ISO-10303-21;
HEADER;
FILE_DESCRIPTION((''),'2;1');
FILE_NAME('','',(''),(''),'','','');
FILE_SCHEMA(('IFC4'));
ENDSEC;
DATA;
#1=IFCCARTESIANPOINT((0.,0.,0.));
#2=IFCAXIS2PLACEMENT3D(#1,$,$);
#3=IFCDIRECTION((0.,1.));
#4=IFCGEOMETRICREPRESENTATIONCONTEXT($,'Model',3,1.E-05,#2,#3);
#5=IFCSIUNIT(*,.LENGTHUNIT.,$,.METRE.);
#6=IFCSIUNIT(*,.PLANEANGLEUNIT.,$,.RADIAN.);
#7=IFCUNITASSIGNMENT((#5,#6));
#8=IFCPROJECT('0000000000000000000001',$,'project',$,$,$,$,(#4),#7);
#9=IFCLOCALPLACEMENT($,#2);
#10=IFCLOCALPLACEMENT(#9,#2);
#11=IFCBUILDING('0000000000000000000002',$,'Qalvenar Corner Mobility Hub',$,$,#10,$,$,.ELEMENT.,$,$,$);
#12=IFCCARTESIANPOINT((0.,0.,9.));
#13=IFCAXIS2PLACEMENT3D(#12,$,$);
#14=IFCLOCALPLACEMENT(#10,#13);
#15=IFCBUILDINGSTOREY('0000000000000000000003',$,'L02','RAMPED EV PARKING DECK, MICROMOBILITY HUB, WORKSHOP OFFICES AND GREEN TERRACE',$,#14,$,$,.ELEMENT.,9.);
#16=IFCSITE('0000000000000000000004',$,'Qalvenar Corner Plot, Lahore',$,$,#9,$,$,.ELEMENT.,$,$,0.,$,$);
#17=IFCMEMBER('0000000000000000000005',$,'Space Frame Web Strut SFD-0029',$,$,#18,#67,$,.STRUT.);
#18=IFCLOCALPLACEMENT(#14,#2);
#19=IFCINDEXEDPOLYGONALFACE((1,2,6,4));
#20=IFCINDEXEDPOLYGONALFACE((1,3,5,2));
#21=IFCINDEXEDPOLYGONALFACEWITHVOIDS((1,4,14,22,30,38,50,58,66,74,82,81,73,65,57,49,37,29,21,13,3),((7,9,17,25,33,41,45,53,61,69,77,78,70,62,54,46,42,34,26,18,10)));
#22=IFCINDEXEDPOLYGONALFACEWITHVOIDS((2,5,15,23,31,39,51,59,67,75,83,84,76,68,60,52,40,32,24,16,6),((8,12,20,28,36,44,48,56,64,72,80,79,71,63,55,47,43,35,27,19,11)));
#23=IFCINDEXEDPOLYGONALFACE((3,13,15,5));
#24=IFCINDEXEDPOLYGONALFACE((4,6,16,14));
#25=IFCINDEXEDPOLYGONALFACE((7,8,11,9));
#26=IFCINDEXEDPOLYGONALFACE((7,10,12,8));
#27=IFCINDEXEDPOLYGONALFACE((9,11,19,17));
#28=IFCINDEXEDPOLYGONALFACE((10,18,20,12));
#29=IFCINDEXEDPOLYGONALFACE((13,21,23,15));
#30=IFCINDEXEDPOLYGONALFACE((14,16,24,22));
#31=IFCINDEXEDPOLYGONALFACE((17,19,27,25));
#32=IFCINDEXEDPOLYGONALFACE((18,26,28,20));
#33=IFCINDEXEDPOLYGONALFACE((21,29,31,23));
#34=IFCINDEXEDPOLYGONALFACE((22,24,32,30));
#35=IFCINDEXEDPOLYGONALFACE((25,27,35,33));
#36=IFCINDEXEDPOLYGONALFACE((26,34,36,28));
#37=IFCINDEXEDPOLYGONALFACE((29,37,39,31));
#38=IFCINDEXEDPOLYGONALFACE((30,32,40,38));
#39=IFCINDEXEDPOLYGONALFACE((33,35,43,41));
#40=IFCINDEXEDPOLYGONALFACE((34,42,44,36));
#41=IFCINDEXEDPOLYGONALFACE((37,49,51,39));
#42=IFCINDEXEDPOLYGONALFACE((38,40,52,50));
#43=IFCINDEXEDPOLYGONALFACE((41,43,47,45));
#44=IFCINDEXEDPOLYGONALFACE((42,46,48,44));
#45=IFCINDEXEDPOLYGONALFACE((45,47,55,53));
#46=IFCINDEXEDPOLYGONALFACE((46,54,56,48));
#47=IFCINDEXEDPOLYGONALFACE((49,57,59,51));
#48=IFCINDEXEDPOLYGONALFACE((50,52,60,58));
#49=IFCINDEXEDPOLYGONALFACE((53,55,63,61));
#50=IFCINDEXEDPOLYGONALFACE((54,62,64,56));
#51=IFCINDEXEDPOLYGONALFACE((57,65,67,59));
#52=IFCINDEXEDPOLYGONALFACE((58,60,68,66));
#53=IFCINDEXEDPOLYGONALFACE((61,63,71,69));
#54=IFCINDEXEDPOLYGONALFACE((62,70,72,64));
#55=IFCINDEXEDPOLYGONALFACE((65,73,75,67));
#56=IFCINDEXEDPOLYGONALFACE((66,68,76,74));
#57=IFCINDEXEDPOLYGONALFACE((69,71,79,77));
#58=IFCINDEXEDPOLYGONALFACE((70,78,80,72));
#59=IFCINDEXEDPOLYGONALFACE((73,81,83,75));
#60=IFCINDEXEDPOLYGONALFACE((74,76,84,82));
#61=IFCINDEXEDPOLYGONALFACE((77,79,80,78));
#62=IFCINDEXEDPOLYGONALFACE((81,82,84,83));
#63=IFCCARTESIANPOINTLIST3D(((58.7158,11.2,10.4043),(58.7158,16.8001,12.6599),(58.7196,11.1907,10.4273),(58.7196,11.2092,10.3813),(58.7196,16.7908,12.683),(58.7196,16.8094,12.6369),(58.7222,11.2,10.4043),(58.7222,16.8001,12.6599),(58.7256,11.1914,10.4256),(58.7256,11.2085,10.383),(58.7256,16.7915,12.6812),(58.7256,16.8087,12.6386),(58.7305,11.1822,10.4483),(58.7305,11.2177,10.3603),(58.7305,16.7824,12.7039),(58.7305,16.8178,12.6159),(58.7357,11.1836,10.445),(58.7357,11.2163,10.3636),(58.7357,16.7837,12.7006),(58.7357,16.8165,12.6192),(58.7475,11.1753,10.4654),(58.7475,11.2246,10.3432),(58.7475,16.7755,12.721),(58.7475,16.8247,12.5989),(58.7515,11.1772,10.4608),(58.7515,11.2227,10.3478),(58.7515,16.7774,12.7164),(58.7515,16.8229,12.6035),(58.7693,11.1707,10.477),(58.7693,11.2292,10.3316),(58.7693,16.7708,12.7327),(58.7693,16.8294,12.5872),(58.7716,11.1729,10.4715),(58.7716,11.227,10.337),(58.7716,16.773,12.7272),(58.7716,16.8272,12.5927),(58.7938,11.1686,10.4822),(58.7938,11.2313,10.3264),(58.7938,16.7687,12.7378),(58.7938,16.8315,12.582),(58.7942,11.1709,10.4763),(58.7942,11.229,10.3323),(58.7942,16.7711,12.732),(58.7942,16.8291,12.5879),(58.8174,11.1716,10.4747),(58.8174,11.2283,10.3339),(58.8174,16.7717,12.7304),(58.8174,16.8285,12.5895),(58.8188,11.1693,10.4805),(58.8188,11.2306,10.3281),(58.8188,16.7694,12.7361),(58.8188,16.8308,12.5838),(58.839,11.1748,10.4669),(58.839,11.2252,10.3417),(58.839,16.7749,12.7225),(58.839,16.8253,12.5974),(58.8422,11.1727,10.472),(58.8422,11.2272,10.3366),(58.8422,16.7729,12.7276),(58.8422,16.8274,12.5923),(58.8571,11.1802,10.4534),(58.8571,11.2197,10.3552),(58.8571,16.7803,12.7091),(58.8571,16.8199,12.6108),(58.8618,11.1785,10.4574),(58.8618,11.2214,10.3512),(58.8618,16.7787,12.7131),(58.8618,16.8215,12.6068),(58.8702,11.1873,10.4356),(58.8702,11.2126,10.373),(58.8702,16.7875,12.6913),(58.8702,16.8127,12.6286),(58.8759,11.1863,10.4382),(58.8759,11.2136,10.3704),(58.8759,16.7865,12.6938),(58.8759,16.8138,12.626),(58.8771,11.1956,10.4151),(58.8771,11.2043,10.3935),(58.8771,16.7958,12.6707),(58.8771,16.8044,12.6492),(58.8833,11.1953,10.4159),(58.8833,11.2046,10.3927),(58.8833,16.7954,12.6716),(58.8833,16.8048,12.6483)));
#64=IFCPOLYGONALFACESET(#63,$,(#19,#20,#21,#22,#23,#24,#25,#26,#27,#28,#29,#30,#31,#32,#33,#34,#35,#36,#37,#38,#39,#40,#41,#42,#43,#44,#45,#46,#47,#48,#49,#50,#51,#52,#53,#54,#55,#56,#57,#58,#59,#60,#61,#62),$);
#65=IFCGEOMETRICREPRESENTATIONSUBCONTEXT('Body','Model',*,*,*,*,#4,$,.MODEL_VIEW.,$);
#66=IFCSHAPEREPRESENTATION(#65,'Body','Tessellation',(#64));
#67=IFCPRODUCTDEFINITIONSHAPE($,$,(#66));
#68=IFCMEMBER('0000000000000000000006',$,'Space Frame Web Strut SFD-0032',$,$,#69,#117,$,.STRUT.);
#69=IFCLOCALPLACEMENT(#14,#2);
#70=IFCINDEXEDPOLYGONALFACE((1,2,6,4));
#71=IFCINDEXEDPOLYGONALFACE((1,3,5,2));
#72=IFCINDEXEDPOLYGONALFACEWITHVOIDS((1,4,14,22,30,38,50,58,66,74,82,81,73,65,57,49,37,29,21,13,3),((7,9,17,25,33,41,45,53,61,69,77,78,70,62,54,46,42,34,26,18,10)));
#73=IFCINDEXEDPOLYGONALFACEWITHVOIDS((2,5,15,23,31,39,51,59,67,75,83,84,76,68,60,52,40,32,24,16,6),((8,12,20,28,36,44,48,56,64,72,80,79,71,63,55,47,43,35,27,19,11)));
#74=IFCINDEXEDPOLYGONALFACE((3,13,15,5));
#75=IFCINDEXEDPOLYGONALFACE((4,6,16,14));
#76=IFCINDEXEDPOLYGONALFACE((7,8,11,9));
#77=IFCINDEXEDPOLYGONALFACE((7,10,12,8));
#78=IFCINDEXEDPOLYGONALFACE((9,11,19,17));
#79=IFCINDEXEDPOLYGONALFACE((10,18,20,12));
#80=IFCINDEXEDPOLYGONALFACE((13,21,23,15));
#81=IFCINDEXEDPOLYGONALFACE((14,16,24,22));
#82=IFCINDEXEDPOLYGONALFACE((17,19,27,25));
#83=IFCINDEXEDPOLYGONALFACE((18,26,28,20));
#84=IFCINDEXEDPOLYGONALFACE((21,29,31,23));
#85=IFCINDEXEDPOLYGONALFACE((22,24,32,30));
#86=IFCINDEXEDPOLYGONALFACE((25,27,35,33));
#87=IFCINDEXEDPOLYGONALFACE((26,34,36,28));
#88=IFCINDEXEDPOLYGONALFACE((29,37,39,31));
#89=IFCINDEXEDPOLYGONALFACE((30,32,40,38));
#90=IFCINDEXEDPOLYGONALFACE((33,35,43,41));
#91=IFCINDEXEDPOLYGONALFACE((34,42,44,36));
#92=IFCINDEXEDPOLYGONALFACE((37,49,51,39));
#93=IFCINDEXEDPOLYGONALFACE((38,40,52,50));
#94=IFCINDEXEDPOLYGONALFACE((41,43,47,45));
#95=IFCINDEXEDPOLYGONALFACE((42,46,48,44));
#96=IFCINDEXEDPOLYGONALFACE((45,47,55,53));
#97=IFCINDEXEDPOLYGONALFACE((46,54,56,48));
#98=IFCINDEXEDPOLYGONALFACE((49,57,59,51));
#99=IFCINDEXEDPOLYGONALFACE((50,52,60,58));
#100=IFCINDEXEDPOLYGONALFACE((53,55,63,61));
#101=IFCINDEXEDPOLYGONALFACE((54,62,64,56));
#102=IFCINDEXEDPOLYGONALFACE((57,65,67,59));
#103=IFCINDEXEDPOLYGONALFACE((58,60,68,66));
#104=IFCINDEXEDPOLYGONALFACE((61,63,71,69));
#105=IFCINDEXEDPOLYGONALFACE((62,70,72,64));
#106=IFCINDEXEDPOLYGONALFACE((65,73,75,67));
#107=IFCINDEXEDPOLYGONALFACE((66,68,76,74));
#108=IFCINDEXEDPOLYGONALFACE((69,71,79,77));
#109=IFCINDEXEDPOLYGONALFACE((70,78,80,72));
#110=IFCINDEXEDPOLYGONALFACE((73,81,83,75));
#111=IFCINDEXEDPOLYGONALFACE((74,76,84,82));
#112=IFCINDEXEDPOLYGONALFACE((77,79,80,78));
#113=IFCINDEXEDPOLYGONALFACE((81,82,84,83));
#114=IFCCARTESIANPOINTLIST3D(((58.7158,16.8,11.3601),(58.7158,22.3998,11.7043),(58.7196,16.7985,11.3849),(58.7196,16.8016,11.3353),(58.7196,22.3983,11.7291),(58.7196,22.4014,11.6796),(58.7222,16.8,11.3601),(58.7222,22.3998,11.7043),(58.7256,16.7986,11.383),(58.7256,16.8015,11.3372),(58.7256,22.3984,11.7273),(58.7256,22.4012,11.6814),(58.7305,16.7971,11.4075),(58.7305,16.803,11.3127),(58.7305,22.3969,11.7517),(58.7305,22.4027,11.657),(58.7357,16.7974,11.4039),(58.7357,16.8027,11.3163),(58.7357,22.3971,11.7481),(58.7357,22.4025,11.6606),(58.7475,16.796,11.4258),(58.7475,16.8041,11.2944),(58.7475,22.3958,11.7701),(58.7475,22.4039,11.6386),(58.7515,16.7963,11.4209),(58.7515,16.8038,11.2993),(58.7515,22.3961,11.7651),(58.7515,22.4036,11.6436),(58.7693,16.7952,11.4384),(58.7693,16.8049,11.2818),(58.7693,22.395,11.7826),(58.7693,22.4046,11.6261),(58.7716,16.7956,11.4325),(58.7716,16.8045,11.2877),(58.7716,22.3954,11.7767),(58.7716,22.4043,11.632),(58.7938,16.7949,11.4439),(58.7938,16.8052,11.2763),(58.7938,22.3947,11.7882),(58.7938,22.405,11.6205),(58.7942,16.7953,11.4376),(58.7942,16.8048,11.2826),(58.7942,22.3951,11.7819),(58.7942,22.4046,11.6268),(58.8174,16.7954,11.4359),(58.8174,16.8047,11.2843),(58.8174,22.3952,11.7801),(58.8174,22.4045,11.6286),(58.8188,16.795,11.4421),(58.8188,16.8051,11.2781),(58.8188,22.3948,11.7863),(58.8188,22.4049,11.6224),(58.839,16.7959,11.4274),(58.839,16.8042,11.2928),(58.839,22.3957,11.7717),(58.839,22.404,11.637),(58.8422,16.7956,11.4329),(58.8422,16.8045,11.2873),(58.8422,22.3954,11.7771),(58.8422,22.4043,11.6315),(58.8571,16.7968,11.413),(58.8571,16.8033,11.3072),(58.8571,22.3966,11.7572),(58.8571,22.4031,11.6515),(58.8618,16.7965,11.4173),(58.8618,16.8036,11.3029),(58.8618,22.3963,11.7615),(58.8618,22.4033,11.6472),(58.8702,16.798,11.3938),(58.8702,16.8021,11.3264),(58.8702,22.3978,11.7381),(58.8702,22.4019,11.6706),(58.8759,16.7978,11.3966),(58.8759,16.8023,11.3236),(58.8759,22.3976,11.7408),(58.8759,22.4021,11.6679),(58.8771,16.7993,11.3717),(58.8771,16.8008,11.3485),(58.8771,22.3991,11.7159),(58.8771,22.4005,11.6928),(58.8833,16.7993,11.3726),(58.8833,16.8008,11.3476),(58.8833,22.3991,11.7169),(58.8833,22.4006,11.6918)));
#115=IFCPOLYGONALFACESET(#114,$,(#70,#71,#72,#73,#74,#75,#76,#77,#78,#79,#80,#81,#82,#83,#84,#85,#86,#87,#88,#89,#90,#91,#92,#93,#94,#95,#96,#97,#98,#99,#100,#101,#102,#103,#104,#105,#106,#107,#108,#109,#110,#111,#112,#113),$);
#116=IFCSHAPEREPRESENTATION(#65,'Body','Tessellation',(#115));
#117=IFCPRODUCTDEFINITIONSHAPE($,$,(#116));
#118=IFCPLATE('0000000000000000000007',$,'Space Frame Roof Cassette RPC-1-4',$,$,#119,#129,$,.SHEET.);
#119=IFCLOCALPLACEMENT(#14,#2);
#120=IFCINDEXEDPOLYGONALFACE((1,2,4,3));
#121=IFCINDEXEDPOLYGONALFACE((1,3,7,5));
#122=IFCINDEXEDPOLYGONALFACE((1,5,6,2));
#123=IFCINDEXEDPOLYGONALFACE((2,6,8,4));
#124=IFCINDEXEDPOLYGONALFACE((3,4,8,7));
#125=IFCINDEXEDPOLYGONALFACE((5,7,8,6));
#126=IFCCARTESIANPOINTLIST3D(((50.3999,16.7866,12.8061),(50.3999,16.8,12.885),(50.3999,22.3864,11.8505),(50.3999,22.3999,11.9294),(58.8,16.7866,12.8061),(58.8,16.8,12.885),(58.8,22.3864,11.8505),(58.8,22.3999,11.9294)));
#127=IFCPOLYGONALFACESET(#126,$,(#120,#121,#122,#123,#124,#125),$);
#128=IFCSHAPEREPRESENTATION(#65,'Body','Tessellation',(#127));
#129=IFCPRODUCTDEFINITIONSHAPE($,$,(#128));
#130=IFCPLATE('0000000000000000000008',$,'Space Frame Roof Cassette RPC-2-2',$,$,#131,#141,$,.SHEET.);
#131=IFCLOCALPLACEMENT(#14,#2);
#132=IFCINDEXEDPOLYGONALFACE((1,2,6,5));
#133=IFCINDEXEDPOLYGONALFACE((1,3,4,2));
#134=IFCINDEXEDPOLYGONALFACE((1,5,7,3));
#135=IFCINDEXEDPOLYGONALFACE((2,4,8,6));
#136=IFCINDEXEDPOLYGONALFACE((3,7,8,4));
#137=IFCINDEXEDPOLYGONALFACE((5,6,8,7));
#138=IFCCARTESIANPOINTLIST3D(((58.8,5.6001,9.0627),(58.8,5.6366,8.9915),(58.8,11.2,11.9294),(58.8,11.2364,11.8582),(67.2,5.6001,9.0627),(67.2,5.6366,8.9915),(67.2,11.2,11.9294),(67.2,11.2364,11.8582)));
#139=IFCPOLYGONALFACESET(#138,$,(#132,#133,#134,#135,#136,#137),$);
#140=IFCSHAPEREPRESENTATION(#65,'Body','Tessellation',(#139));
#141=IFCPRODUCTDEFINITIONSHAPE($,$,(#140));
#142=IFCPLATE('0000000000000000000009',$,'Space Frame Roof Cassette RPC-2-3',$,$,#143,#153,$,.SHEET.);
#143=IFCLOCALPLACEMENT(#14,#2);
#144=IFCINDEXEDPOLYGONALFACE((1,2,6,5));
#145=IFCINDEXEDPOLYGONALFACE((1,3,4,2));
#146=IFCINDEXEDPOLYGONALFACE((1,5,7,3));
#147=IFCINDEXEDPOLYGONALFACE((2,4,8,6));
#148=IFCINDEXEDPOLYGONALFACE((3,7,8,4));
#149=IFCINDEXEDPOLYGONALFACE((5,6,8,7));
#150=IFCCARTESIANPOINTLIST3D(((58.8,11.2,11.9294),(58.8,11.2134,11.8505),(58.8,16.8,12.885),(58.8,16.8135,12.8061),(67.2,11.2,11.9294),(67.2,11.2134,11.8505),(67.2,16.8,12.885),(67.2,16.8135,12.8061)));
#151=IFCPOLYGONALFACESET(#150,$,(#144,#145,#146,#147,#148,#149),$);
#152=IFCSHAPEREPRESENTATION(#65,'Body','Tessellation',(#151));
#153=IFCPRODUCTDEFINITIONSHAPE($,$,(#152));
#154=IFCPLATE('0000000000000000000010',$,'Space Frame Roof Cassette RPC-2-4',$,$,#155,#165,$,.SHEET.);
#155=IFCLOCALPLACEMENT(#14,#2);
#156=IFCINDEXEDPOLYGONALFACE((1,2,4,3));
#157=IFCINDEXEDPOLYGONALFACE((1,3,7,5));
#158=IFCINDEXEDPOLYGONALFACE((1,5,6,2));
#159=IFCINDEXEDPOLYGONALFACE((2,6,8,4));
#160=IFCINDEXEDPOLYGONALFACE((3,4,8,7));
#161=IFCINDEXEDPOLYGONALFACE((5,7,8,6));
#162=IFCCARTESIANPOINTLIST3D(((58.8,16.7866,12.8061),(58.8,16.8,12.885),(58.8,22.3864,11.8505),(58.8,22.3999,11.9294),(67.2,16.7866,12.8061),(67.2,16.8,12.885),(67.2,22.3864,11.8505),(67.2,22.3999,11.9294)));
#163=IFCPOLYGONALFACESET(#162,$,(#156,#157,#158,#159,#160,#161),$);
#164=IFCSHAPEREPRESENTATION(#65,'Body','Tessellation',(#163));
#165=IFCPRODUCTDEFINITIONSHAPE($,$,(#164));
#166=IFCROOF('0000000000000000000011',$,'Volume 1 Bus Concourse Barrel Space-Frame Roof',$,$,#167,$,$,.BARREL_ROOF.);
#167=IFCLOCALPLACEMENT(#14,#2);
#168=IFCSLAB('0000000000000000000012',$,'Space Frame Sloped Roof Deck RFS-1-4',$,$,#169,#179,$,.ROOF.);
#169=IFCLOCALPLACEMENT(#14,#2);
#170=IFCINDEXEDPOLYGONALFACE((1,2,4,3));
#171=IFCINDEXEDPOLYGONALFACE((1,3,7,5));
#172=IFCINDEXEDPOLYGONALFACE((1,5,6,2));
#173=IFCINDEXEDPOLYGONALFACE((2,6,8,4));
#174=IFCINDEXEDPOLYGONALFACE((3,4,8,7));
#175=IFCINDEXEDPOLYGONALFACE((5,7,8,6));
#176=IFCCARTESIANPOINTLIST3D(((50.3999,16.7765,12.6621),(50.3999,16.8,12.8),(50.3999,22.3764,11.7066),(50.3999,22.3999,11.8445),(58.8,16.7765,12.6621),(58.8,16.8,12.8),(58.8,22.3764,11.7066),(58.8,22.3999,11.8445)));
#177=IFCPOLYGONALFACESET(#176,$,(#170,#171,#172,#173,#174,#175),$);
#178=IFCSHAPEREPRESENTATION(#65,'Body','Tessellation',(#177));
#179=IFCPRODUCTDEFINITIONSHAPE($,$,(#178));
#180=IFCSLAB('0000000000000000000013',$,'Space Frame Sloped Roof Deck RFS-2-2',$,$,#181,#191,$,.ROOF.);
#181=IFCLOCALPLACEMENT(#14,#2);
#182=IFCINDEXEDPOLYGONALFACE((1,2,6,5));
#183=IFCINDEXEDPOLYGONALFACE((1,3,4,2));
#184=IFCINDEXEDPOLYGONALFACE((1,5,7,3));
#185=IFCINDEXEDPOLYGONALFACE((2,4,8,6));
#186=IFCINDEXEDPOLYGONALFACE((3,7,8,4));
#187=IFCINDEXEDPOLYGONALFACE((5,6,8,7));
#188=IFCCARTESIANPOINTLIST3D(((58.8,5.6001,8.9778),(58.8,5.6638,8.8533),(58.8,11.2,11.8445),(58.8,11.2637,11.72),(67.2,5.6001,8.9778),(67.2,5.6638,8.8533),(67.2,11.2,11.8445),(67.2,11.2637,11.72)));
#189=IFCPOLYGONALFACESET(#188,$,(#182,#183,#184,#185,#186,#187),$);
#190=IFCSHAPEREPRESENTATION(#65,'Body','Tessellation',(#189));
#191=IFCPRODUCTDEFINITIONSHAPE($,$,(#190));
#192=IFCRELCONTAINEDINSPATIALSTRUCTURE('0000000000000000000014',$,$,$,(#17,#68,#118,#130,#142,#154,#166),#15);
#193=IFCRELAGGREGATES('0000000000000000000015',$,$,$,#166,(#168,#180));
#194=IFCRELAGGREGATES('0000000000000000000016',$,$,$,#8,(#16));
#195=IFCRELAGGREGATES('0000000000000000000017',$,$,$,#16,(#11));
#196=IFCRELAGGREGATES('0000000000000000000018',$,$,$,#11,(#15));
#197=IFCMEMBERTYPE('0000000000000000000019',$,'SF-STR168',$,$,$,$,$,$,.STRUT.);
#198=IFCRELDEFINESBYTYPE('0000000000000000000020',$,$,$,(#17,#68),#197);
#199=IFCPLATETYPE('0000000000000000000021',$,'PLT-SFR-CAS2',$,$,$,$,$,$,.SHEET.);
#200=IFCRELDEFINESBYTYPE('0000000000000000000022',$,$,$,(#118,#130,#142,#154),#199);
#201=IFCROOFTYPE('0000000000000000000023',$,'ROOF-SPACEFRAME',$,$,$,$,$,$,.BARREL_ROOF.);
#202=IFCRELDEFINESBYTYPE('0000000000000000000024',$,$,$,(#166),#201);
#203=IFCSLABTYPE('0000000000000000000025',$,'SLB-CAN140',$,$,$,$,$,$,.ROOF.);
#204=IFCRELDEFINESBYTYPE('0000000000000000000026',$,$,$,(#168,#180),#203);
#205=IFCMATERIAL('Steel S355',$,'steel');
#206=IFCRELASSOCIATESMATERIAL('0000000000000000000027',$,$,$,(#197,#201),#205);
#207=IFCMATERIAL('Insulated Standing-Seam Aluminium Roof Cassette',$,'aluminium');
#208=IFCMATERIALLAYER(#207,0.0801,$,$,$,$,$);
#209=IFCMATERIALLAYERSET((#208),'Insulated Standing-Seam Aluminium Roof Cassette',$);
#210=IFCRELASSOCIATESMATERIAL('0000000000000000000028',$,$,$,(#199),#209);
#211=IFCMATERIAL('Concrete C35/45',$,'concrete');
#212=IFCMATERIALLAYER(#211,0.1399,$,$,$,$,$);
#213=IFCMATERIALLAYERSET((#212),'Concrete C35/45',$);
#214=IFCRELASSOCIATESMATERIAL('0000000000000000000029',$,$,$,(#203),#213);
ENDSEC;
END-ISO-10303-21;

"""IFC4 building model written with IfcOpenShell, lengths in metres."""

from ifc_helpers import new_model, si_unit, direction, frame, origin, origin_2d, place, context, subcontext, project, spatial, polyline, hollow_circle, outline, extrude, material, layer, layer_set, material_profile, profile_set, type_object, element, aggregate, save


model = new_model("IFC4")

# Units and contexts
model_context = context("Model", 3, precision=1e-05, world=origin(), true_north=direction((0.0, 1.0)))
body_context = subcontext(model_context, "Body", "Model", "MODEL_VIEW")
ifc_project = project(units=[si_unit("LENGTHUNIT", "METRE"), si_unit("PLANEANGLEUNIT", "RADIAN")], contexts=[model_context])

# Site, building, storey
site_placement = place(None, origin())
site = spatial("IfcSite", under=ifc_project, at=site_placement, Name="Qalvenar Corner Plot, Lahore", CompositionType="ELEMENT", RefElevation=0.0)
building_placement = place(site_placement, origin())
building = spatial("IfcBuilding", under=site, at=building_placement, Name="Qalvenar Corner Mobility Hub", CompositionType="ELEMENT")
storey_placement = place(building_placement, frame((0.0, 0.0, 9.0)))
storey = spatial("IfcBuildingStorey", under=building, at=storey_placement, Name="L02", Description="RAMPED EV PARKING DECK, MICROMOBILITY HUB, WORKSHOP OFFICES AND GREEN TERRACE", CompositionType="ELEMENT", Elevation=9.0)

# Members
ifc_material_1 = material(Name="Steel S355", Category="steel")
ifc_material_profile_1 = material_profile(ifc_material_1, hollow_circle(Radius=0.0842, WallThickness=0.0063, at=origin_2d()), Name="CHS168.3x6.3")
ifc_profile_set_1 = profile_set([ifc_material_profile_1], Name="Steel S355")
member_type_1 = type_object("IfcMemberType", Name="SF-STR168", PredefinedType="STRUT", material=ifc_profile_set_1)
member_1_placement = place(storey_placement, frame((58.8, 11.2, 10.4043), z_axis=(0.0, 0.927584, 0.373614), x_axis=(-1.0, 0.0, 0.0)))
element("IfcMember", 1, at=member_1_placement, inside=storey, type_object=member_type_1, Name="Space Frame Web Strut SFD-0029", PredefinedType="STRUT", context=body_context, shape_type="SweptSolid", body=[
    extrude(hollow_circle(Radius=0.0842, WallThickness=0.0063, at=origin_2d()), origin(), (0.0, 0.0, 1.0), 6.0374),
])
member_2_placement = place(storey_placement, frame((58.8, 16.8, 11.3601), z_axis=(0.0, 0.998116, 0.061357), x_axis=(-1.0, 0.0, 0.0)))
element("IfcMember", 2, at=member_2_placement, inside=storey, type_object=member_type_1, Name="Space Frame Web Strut SFD-0032", PredefinedType="STRUT", context=body_context, shape_type="SweptSolid", body=[
    extrude(hollow_circle(Radius=0.0842, WallThickness=0.0063, at=origin_2d()), origin(), (0.0, 0.0, 1.0), 5.6104),
])

# Plates
ifc_material_2 = material(Name="Insulated Standing-Seam Aluminium Roof Cassette", Category="aluminium")
ifc_layer_1 = layer(ifc_material_2, 0.0801)
ifc_layer_set_1 = layer_set([ifc_layer_1], Name="Insulated Standing-Seam Aluminium Roof Cassette")
plate_type = type_object("IfcPlateType", Name="PLT-SFR-CAS2", PredefinedType="SHEET", material=ifc_layer_set_1)
plate_1_placement = place(storey_placement, frame((50.3999, 16.8, 12.885), z_axis=(0.0, 0.16821, 0.985751), x_axis=(1.0, 0.0, 0.0)))
element("IfcPlate", 3, at=plate_1_placement, inside=storey, type_object=plate_type, Name="Space Frame Roof Cassette RPC-1-4", PredefinedType="SHEET", context=body_context, shape_type="SweptSolid", body=[
    extrude(outline(polyline([(0.0, 0.0), (8.4001, 0.0), (8.4001, 5.6808), (0.0, 5.6808), (0.0, 0.0)])), origin(), (0.0, 0.0, -1.0), 0.0801),
])
plate_2_placement = place(storey_placement, frame((58.8, 5.6001, 9.0627), z_axis=(0.0, -0.455685, 0.890141), x_axis=(1.0, 0.0, 0.0)))
element("IfcPlate", 4, at=plate_2_placement, inside=storey, type_object=plate_type, Name="Space Frame Roof Cassette RPC-2-2", PredefinedType="SHEET", context=body_context, shape_type="SweptSolid", body=[
    extrude(outline(polyline([(0.0, 0.0), (8.3999, 0.0), (8.3999, 6.291), (0.0, 6.291), (0.0, 0.0)])), origin(), (0.0, 0.0, -1.0), 0.0801),
])
plate_3_placement = place(storey_placement, frame((58.8, 11.2, 11.9294), z_axis=(0.0, -0.168203, 0.985752), x_axis=(1.0, 0.0, 0.0)))
element("IfcPlate", 5, at=plate_3_placement, inside=storey, type_object=plate_type, Name="Space Frame Roof Cassette RPC-2-3", PredefinedType="SHEET", context=body_context, shape_type="SweptSolid", body=[
    extrude(outline(polyline([(0.0, 0.0), (8.3999, 0.0), (8.3999, 5.681), (0.0, 5.681), (0.0, 0.0)])), origin(), (0.0, 0.0, -1.0), 0.0801),
])
plate_4_placement = place(storey_placement, frame((58.8, 16.8, 12.885), z_axis=(0.0, 0.16821, 0.985751), x_axis=(1.0, 0.0, 0.0)))
element("IfcPlate", 6, at=plate_4_placement, inside=storey, type_object=plate_type, Name="Space Frame Roof Cassette RPC-2-4", PredefinedType="SHEET", context=body_context, shape_type="SweptSolid", body=[
    extrude(outline(polyline([(0.0, 0.0), (8.3999, 0.0), (8.3999, 5.6808), (0.0, 5.6808), (0.0, 0.0)])), origin(), (0.0, 0.0, -1.0), 0.0801),
])

# Roof, slabs
roof_type = type_object("IfcRoofType", Name="ROOF-SPACEFRAME", PredefinedType="BARREL_ROOF", material=ifc_material_1)
roof_placement = place(storey_placement, origin())
roof = element("IfcRoof", 7, at=roof_placement, inside=storey, type_object=roof_type, Name="Volume 1 Bus Concourse Barrel Space-Frame Roof", PredefinedType="BARREL_ROOF")
ifc_material_3 = material(Name="Concrete C35/45", Category="concrete")
ifc_layer_2 = layer(ifc_material_3, 0.1399)
ifc_layer_set_2 = layer_set([ifc_layer_2], Name="Concrete C35/45")
slab_type = type_object("IfcSlabType", Name="SLB-CAN140", PredefinedType="ROOF", material=ifc_layer_set_2)
slab_1_placement = place(storey_placement, frame((50.3999, 16.8, 12.8), z_axis=(0.0, 0.16821, 0.985751), x_axis=(1.0, 0.0, 0.0)))
slab_1 = element("IfcSlab", 8, at=slab_1_placement, type_object=slab_type, Name="Space Frame Sloped Roof Deck RFS-1-4", PredefinedType="ROOF", context=body_context, shape_type="SweptSolid", body=[
    extrude(outline(polyline([(0.0, 0.0), (8.4001, 0.0), (8.4001, 5.6808), (0.0, 5.6808), (0.0, 0.0)])), origin(), (0.0, 0.0, -1.0), 0.1399),
])
slab_2_placement = place(storey_placement, frame((58.8, 5.6001, 8.9778), z_axis=(0.0, -0.455685, 0.890141), x_axis=(1.0, 0.0, 0.0)))
slab_2 = element("IfcSlab", 9, at=slab_2_placement, type_object=slab_type, Name="Space Frame Sloped Roof Deck RFS-2-2", PredefinedType="ROOF", context=body_context, shape_type="SweptSolid", body=[
    extrude(outline(polyline([(0.0, 0.0), (8.3999, 0.0), (8.3999, 6.291), (0.0, 6.291), (0.0, 0.0)])), origin(), (0.0, 0.0, -1.0), 0.1399),
])
aggregate(roof, [slab_1, slab_2])

save(model, "model.ifc")
